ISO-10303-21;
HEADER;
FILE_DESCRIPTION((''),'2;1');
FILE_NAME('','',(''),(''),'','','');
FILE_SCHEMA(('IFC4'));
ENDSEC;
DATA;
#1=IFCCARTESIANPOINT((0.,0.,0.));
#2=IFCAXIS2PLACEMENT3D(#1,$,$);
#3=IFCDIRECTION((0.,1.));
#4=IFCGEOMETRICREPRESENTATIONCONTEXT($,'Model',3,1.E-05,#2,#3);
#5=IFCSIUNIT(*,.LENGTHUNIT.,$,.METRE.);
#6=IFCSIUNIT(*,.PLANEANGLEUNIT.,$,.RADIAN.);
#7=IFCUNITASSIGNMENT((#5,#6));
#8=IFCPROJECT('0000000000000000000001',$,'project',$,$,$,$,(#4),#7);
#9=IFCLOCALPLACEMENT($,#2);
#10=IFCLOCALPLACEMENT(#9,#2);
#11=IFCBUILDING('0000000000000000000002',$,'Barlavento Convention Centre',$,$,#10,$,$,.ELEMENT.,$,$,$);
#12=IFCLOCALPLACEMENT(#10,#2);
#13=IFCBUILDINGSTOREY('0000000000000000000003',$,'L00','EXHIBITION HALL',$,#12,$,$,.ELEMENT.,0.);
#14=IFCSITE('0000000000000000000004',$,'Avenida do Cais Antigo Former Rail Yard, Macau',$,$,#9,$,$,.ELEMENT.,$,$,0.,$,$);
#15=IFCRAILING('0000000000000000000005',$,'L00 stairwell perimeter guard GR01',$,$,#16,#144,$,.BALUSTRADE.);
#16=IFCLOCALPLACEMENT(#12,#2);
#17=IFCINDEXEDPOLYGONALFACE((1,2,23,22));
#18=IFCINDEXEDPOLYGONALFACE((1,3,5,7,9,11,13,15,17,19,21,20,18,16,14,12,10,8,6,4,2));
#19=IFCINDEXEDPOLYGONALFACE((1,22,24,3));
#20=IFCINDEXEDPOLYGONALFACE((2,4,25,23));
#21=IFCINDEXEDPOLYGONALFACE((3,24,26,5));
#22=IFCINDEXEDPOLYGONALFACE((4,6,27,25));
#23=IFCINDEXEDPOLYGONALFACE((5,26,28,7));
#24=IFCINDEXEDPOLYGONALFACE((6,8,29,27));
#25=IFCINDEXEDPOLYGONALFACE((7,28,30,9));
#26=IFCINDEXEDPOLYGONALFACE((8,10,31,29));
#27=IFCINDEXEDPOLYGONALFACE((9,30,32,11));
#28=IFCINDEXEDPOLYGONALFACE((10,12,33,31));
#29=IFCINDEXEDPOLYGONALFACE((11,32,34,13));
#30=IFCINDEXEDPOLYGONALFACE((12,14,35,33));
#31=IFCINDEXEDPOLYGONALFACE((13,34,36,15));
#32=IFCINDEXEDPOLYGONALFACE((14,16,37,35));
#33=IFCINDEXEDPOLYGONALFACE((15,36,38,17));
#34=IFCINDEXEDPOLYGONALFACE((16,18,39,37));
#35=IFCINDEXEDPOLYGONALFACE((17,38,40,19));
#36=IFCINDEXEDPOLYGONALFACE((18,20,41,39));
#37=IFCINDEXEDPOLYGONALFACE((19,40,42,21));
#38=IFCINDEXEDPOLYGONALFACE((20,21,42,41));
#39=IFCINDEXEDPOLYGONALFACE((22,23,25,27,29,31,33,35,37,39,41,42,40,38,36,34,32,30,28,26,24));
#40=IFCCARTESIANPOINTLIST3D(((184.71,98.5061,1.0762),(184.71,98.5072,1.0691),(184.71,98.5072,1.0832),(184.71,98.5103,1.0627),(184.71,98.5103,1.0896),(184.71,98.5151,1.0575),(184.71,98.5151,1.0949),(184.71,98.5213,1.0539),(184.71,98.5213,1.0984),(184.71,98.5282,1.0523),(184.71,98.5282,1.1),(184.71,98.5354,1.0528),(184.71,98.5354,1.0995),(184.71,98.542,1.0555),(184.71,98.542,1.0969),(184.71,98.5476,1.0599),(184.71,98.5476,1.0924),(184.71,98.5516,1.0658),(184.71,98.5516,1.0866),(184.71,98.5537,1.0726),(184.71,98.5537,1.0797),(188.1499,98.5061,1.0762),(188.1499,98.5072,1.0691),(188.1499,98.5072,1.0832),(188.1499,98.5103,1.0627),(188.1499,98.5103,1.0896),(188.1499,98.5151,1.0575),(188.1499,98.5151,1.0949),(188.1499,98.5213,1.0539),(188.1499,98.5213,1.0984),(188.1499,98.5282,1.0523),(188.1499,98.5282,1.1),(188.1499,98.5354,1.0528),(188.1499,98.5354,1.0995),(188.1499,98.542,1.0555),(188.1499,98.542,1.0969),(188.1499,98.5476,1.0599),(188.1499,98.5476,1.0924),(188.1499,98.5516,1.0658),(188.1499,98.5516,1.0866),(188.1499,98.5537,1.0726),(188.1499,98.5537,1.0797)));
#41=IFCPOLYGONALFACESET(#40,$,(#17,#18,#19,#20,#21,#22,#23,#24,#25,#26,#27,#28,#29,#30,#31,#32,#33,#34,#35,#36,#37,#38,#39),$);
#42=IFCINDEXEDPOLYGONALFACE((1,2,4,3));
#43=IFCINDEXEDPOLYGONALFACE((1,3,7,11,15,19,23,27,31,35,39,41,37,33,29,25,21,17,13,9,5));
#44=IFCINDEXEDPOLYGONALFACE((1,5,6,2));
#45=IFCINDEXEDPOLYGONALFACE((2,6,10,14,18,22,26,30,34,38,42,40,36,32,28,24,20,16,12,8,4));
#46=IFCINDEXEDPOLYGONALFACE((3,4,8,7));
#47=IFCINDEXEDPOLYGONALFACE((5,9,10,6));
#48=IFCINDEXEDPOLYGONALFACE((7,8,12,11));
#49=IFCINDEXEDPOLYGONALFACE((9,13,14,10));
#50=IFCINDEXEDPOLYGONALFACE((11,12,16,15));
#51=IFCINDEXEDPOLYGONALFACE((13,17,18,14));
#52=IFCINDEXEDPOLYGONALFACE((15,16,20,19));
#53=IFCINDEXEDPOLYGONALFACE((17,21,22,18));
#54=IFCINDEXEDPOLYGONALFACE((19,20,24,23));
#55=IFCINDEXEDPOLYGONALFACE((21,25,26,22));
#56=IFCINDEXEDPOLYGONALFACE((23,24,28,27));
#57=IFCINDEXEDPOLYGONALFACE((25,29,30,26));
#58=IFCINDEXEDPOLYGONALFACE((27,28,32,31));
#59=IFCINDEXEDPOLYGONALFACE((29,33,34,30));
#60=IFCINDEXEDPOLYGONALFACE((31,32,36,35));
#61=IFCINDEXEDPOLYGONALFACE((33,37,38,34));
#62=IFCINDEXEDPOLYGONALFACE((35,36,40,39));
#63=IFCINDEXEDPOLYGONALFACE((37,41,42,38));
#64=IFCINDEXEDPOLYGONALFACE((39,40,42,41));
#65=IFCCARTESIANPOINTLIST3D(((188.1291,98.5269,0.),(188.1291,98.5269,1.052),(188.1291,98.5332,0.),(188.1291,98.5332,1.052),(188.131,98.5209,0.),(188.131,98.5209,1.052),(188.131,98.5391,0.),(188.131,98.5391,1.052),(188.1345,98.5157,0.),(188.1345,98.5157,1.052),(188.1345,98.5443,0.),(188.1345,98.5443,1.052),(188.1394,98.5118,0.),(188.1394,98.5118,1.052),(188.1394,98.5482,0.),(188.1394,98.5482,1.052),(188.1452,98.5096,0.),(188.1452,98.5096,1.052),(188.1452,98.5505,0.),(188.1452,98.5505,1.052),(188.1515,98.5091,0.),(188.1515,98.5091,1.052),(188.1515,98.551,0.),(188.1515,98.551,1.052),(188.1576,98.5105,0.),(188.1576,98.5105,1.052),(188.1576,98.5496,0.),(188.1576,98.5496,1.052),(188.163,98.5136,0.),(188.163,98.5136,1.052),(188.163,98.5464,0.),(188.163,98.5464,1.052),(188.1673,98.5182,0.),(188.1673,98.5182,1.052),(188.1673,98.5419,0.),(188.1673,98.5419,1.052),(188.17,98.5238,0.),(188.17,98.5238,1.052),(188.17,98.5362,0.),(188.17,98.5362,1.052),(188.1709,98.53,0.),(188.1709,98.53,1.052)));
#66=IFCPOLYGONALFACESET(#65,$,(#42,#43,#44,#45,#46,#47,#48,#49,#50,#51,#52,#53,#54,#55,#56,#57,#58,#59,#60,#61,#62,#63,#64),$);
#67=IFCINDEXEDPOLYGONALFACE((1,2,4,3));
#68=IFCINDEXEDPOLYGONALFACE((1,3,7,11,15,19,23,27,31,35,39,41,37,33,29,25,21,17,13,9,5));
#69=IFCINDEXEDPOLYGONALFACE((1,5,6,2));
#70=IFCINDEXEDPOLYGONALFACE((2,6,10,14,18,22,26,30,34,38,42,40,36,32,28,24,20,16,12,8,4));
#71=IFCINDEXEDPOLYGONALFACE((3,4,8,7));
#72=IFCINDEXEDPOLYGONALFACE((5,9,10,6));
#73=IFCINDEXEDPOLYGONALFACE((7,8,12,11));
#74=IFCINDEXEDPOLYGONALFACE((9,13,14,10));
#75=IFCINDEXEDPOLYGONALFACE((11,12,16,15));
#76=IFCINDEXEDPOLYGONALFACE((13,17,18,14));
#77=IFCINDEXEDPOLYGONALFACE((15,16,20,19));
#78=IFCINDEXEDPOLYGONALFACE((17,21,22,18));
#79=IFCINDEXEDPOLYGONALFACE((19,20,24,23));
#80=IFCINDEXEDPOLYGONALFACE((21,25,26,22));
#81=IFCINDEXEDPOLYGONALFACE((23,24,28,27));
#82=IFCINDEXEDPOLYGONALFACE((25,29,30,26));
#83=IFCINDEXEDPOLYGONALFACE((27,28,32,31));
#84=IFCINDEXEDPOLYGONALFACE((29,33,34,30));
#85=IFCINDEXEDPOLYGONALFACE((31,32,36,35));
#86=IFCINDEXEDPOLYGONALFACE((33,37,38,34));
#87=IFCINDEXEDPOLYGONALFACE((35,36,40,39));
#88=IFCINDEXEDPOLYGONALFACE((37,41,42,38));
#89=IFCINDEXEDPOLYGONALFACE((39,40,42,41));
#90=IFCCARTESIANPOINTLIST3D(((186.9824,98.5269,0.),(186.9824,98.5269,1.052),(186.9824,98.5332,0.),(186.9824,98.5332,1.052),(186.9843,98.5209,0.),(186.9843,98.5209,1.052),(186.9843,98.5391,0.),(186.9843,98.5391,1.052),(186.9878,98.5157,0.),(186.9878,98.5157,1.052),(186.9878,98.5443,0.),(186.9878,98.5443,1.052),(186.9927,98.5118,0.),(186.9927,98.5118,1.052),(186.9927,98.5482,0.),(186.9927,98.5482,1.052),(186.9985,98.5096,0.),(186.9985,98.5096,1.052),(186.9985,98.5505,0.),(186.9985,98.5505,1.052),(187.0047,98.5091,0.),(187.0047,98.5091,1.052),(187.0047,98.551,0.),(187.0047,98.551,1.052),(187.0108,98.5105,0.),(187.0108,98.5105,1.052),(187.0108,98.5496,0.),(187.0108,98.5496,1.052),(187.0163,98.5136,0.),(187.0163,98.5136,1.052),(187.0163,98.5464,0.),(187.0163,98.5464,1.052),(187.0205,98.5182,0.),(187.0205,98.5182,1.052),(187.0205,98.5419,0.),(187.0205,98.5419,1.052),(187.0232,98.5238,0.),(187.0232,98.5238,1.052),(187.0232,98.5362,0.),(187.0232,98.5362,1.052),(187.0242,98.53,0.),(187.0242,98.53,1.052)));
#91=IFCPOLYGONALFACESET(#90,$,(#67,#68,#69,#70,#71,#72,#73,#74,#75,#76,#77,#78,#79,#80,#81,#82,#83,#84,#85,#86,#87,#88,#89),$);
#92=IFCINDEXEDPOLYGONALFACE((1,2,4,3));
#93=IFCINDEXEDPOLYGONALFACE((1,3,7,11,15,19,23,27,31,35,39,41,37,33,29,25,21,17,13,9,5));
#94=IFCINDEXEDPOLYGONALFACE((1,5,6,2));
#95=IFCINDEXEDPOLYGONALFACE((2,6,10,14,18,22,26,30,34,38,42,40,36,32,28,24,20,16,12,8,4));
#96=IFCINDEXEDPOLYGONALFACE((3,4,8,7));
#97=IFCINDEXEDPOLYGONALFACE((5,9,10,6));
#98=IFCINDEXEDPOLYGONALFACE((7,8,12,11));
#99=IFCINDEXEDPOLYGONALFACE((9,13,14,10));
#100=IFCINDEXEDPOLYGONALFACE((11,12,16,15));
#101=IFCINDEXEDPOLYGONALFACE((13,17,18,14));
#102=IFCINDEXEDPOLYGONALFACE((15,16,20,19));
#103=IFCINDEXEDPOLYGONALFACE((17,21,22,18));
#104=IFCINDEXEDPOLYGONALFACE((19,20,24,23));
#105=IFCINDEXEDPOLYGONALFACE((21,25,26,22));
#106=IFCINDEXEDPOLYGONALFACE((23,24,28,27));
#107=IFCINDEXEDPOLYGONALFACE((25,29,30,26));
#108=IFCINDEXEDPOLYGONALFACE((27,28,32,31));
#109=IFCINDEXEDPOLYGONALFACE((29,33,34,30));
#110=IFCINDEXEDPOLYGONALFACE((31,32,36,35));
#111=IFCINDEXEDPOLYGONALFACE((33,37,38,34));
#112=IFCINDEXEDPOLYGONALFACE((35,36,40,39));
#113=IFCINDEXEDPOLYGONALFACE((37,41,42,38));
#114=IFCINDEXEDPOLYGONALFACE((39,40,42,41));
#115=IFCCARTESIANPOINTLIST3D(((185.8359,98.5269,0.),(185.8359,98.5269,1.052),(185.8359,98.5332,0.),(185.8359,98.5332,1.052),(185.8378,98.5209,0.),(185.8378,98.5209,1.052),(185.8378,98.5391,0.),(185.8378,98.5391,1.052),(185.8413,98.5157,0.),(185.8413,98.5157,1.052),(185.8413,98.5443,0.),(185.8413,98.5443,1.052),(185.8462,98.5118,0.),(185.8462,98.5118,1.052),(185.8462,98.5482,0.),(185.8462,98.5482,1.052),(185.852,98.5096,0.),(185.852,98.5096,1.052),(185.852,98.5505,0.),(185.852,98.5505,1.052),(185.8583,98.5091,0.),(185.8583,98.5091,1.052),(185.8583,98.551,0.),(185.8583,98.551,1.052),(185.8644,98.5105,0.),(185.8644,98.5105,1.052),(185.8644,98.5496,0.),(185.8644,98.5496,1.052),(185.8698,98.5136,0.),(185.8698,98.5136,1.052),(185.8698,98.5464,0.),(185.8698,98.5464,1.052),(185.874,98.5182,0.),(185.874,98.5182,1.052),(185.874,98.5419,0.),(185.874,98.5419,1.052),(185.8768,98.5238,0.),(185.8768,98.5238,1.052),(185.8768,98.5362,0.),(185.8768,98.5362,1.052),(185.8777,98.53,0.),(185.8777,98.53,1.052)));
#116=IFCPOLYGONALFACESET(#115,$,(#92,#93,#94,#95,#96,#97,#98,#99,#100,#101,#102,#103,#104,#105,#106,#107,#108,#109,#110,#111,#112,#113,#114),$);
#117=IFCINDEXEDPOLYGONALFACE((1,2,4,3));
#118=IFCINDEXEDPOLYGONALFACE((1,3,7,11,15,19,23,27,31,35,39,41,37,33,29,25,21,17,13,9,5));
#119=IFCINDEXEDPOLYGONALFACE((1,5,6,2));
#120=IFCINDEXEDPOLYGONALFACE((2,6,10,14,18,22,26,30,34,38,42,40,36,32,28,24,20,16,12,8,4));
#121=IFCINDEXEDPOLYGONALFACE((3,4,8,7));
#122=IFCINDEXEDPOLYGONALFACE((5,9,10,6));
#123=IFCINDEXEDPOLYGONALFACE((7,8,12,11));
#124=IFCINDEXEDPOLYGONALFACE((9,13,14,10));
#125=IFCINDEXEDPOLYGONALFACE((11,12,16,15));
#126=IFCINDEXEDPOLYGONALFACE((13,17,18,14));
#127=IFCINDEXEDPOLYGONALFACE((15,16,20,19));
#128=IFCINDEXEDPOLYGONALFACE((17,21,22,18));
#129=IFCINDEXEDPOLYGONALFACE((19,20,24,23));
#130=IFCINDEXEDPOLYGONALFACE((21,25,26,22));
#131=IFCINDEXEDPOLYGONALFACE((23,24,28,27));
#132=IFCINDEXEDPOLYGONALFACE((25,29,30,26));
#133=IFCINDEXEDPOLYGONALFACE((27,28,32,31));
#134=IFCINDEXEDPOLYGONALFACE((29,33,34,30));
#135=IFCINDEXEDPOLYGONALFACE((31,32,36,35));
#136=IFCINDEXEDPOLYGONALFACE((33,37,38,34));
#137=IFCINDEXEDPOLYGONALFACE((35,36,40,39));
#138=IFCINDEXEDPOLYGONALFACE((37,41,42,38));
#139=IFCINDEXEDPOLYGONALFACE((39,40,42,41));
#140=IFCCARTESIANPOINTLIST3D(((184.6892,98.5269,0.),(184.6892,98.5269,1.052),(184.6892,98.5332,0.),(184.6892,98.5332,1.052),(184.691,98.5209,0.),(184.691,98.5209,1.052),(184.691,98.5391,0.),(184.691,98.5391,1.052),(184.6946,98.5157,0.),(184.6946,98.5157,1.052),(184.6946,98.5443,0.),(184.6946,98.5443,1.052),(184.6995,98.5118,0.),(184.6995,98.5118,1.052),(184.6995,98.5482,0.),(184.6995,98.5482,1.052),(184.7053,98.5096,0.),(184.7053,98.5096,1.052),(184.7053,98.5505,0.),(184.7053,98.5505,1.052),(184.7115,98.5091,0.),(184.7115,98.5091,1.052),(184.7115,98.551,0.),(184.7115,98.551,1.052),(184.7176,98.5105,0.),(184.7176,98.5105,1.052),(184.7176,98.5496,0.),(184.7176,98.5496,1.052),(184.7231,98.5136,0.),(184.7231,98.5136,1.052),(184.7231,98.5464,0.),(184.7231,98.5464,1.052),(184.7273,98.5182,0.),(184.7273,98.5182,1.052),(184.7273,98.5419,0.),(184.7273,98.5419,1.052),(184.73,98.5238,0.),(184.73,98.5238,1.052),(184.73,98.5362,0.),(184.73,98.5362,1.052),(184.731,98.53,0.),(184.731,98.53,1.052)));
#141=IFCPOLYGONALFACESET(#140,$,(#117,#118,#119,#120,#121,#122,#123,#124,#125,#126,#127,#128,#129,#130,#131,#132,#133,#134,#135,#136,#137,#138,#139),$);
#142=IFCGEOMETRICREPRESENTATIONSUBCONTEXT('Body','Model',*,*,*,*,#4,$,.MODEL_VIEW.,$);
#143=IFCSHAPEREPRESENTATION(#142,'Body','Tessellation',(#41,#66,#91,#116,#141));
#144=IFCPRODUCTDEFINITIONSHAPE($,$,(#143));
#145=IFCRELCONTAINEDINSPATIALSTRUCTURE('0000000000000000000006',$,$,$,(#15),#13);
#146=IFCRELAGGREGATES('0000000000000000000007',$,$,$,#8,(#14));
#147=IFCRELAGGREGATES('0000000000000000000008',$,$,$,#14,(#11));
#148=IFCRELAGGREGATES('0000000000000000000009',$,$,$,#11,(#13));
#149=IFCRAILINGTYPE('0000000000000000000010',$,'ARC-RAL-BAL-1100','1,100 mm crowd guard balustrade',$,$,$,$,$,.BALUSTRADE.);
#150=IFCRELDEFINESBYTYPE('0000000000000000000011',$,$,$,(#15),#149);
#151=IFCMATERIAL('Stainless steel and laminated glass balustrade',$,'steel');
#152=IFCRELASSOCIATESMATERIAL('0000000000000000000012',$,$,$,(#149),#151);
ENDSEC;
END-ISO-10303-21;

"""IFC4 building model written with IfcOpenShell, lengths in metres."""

from ifc_helpers import new_model, si_unit, direction, frame, origin, origin_2d, place, context, subcontext, project, spatial, circle, extrude, material, type_object, element, save


model = new_model("IFC4")

# Units and contexts
model_context = context("Model", 3, precision=1e-05, world=origin(), true_north=direction((0.0, 1.0)))
body_context = subcontext(model_context, "Body", "Model", "MODEL_VIEW")
ifc_project = project(units=[si_unit("LENGTHUNIT", "METRE"), si_unit("PLANEANGLEUNIT", "RADIAN")], contexts=[model_context])

# Site, building, storey
site_placement = place(None, origin())
site = spatial("IfcSite", under=ifc_project, at=site_placement, Name="Avenida do Cais Antigo Former Rail Yard, Macau", CompositionType="ELEMENT", RefElevation=0.0)
building_placement = place(site_placement, origin())
building = spatial("IfcBuilding", under=site, at=building_placement, Name="Barlavento Convention Centre", CompositionType="ELEMENT")
storey_placement = place(building_placement, origin())
storey = spatial("IfcBuildingStorey", under=building, at=storey_placement, Name="L00", Description="EXHIBITION HALL", CompositionType="ELEMENT", Elevation=0.0)

# Railing
ifc_material_1 = material(Name="Stainless steel and laminated glass balustrade", Category="steel")
railing_type_1 = type_object("IfcRailingType", Name="ARC-RAL-BAL-1100", Description="1,100 mm crowd guard balustrade", PredefinedType="BALUSTRADE", material=ifc_material_1)
railing_1_placement = place(storey_placement, frame((188.1499, 98.53, 0.0)))
element("IfcRailing", 1, at=railing_1_placement, inside=storey, type_object=railing_type_1, Name="L00 stairwell perimeter guard GR01", PredefinedType="BALUSTRADE", context=body_context, shape_type="SweptSolid", body=[
    extrude(circle(Radius=0.0239, at=origin_2d()), frame((0.0, 0.0, 1.0762), z_axis=(-1.0, 0.0, 0.0), x_axis=(0.0, -1.0, 0.0)), (0.0, 0.0, 1.0), 3.4399),
    extrude(circle(Radius=0.021, at=origin_2d()), origin(), (0.0, 0.0, 1.0), 1.052),
    extrude(circle(Radius=0.021, at=origin_2d()), frame((-1.1467, 0.0, 0.0)), (0.0, 0.0, 1.0), 1.052),
    extrude(circle(Radius=0.021, at=origin_2d()), frame((-2.2932, 0.0, 0.0)), (0.0, 0.0, 1.0), 1.052),
    extrude(circle(Radius=0.021, at=origin_2d()), frame((-3.4399, 0.0, 0.0)), (0.0, 0.0, 1.0), 1.052),
])

save(model, "model.ifc")
